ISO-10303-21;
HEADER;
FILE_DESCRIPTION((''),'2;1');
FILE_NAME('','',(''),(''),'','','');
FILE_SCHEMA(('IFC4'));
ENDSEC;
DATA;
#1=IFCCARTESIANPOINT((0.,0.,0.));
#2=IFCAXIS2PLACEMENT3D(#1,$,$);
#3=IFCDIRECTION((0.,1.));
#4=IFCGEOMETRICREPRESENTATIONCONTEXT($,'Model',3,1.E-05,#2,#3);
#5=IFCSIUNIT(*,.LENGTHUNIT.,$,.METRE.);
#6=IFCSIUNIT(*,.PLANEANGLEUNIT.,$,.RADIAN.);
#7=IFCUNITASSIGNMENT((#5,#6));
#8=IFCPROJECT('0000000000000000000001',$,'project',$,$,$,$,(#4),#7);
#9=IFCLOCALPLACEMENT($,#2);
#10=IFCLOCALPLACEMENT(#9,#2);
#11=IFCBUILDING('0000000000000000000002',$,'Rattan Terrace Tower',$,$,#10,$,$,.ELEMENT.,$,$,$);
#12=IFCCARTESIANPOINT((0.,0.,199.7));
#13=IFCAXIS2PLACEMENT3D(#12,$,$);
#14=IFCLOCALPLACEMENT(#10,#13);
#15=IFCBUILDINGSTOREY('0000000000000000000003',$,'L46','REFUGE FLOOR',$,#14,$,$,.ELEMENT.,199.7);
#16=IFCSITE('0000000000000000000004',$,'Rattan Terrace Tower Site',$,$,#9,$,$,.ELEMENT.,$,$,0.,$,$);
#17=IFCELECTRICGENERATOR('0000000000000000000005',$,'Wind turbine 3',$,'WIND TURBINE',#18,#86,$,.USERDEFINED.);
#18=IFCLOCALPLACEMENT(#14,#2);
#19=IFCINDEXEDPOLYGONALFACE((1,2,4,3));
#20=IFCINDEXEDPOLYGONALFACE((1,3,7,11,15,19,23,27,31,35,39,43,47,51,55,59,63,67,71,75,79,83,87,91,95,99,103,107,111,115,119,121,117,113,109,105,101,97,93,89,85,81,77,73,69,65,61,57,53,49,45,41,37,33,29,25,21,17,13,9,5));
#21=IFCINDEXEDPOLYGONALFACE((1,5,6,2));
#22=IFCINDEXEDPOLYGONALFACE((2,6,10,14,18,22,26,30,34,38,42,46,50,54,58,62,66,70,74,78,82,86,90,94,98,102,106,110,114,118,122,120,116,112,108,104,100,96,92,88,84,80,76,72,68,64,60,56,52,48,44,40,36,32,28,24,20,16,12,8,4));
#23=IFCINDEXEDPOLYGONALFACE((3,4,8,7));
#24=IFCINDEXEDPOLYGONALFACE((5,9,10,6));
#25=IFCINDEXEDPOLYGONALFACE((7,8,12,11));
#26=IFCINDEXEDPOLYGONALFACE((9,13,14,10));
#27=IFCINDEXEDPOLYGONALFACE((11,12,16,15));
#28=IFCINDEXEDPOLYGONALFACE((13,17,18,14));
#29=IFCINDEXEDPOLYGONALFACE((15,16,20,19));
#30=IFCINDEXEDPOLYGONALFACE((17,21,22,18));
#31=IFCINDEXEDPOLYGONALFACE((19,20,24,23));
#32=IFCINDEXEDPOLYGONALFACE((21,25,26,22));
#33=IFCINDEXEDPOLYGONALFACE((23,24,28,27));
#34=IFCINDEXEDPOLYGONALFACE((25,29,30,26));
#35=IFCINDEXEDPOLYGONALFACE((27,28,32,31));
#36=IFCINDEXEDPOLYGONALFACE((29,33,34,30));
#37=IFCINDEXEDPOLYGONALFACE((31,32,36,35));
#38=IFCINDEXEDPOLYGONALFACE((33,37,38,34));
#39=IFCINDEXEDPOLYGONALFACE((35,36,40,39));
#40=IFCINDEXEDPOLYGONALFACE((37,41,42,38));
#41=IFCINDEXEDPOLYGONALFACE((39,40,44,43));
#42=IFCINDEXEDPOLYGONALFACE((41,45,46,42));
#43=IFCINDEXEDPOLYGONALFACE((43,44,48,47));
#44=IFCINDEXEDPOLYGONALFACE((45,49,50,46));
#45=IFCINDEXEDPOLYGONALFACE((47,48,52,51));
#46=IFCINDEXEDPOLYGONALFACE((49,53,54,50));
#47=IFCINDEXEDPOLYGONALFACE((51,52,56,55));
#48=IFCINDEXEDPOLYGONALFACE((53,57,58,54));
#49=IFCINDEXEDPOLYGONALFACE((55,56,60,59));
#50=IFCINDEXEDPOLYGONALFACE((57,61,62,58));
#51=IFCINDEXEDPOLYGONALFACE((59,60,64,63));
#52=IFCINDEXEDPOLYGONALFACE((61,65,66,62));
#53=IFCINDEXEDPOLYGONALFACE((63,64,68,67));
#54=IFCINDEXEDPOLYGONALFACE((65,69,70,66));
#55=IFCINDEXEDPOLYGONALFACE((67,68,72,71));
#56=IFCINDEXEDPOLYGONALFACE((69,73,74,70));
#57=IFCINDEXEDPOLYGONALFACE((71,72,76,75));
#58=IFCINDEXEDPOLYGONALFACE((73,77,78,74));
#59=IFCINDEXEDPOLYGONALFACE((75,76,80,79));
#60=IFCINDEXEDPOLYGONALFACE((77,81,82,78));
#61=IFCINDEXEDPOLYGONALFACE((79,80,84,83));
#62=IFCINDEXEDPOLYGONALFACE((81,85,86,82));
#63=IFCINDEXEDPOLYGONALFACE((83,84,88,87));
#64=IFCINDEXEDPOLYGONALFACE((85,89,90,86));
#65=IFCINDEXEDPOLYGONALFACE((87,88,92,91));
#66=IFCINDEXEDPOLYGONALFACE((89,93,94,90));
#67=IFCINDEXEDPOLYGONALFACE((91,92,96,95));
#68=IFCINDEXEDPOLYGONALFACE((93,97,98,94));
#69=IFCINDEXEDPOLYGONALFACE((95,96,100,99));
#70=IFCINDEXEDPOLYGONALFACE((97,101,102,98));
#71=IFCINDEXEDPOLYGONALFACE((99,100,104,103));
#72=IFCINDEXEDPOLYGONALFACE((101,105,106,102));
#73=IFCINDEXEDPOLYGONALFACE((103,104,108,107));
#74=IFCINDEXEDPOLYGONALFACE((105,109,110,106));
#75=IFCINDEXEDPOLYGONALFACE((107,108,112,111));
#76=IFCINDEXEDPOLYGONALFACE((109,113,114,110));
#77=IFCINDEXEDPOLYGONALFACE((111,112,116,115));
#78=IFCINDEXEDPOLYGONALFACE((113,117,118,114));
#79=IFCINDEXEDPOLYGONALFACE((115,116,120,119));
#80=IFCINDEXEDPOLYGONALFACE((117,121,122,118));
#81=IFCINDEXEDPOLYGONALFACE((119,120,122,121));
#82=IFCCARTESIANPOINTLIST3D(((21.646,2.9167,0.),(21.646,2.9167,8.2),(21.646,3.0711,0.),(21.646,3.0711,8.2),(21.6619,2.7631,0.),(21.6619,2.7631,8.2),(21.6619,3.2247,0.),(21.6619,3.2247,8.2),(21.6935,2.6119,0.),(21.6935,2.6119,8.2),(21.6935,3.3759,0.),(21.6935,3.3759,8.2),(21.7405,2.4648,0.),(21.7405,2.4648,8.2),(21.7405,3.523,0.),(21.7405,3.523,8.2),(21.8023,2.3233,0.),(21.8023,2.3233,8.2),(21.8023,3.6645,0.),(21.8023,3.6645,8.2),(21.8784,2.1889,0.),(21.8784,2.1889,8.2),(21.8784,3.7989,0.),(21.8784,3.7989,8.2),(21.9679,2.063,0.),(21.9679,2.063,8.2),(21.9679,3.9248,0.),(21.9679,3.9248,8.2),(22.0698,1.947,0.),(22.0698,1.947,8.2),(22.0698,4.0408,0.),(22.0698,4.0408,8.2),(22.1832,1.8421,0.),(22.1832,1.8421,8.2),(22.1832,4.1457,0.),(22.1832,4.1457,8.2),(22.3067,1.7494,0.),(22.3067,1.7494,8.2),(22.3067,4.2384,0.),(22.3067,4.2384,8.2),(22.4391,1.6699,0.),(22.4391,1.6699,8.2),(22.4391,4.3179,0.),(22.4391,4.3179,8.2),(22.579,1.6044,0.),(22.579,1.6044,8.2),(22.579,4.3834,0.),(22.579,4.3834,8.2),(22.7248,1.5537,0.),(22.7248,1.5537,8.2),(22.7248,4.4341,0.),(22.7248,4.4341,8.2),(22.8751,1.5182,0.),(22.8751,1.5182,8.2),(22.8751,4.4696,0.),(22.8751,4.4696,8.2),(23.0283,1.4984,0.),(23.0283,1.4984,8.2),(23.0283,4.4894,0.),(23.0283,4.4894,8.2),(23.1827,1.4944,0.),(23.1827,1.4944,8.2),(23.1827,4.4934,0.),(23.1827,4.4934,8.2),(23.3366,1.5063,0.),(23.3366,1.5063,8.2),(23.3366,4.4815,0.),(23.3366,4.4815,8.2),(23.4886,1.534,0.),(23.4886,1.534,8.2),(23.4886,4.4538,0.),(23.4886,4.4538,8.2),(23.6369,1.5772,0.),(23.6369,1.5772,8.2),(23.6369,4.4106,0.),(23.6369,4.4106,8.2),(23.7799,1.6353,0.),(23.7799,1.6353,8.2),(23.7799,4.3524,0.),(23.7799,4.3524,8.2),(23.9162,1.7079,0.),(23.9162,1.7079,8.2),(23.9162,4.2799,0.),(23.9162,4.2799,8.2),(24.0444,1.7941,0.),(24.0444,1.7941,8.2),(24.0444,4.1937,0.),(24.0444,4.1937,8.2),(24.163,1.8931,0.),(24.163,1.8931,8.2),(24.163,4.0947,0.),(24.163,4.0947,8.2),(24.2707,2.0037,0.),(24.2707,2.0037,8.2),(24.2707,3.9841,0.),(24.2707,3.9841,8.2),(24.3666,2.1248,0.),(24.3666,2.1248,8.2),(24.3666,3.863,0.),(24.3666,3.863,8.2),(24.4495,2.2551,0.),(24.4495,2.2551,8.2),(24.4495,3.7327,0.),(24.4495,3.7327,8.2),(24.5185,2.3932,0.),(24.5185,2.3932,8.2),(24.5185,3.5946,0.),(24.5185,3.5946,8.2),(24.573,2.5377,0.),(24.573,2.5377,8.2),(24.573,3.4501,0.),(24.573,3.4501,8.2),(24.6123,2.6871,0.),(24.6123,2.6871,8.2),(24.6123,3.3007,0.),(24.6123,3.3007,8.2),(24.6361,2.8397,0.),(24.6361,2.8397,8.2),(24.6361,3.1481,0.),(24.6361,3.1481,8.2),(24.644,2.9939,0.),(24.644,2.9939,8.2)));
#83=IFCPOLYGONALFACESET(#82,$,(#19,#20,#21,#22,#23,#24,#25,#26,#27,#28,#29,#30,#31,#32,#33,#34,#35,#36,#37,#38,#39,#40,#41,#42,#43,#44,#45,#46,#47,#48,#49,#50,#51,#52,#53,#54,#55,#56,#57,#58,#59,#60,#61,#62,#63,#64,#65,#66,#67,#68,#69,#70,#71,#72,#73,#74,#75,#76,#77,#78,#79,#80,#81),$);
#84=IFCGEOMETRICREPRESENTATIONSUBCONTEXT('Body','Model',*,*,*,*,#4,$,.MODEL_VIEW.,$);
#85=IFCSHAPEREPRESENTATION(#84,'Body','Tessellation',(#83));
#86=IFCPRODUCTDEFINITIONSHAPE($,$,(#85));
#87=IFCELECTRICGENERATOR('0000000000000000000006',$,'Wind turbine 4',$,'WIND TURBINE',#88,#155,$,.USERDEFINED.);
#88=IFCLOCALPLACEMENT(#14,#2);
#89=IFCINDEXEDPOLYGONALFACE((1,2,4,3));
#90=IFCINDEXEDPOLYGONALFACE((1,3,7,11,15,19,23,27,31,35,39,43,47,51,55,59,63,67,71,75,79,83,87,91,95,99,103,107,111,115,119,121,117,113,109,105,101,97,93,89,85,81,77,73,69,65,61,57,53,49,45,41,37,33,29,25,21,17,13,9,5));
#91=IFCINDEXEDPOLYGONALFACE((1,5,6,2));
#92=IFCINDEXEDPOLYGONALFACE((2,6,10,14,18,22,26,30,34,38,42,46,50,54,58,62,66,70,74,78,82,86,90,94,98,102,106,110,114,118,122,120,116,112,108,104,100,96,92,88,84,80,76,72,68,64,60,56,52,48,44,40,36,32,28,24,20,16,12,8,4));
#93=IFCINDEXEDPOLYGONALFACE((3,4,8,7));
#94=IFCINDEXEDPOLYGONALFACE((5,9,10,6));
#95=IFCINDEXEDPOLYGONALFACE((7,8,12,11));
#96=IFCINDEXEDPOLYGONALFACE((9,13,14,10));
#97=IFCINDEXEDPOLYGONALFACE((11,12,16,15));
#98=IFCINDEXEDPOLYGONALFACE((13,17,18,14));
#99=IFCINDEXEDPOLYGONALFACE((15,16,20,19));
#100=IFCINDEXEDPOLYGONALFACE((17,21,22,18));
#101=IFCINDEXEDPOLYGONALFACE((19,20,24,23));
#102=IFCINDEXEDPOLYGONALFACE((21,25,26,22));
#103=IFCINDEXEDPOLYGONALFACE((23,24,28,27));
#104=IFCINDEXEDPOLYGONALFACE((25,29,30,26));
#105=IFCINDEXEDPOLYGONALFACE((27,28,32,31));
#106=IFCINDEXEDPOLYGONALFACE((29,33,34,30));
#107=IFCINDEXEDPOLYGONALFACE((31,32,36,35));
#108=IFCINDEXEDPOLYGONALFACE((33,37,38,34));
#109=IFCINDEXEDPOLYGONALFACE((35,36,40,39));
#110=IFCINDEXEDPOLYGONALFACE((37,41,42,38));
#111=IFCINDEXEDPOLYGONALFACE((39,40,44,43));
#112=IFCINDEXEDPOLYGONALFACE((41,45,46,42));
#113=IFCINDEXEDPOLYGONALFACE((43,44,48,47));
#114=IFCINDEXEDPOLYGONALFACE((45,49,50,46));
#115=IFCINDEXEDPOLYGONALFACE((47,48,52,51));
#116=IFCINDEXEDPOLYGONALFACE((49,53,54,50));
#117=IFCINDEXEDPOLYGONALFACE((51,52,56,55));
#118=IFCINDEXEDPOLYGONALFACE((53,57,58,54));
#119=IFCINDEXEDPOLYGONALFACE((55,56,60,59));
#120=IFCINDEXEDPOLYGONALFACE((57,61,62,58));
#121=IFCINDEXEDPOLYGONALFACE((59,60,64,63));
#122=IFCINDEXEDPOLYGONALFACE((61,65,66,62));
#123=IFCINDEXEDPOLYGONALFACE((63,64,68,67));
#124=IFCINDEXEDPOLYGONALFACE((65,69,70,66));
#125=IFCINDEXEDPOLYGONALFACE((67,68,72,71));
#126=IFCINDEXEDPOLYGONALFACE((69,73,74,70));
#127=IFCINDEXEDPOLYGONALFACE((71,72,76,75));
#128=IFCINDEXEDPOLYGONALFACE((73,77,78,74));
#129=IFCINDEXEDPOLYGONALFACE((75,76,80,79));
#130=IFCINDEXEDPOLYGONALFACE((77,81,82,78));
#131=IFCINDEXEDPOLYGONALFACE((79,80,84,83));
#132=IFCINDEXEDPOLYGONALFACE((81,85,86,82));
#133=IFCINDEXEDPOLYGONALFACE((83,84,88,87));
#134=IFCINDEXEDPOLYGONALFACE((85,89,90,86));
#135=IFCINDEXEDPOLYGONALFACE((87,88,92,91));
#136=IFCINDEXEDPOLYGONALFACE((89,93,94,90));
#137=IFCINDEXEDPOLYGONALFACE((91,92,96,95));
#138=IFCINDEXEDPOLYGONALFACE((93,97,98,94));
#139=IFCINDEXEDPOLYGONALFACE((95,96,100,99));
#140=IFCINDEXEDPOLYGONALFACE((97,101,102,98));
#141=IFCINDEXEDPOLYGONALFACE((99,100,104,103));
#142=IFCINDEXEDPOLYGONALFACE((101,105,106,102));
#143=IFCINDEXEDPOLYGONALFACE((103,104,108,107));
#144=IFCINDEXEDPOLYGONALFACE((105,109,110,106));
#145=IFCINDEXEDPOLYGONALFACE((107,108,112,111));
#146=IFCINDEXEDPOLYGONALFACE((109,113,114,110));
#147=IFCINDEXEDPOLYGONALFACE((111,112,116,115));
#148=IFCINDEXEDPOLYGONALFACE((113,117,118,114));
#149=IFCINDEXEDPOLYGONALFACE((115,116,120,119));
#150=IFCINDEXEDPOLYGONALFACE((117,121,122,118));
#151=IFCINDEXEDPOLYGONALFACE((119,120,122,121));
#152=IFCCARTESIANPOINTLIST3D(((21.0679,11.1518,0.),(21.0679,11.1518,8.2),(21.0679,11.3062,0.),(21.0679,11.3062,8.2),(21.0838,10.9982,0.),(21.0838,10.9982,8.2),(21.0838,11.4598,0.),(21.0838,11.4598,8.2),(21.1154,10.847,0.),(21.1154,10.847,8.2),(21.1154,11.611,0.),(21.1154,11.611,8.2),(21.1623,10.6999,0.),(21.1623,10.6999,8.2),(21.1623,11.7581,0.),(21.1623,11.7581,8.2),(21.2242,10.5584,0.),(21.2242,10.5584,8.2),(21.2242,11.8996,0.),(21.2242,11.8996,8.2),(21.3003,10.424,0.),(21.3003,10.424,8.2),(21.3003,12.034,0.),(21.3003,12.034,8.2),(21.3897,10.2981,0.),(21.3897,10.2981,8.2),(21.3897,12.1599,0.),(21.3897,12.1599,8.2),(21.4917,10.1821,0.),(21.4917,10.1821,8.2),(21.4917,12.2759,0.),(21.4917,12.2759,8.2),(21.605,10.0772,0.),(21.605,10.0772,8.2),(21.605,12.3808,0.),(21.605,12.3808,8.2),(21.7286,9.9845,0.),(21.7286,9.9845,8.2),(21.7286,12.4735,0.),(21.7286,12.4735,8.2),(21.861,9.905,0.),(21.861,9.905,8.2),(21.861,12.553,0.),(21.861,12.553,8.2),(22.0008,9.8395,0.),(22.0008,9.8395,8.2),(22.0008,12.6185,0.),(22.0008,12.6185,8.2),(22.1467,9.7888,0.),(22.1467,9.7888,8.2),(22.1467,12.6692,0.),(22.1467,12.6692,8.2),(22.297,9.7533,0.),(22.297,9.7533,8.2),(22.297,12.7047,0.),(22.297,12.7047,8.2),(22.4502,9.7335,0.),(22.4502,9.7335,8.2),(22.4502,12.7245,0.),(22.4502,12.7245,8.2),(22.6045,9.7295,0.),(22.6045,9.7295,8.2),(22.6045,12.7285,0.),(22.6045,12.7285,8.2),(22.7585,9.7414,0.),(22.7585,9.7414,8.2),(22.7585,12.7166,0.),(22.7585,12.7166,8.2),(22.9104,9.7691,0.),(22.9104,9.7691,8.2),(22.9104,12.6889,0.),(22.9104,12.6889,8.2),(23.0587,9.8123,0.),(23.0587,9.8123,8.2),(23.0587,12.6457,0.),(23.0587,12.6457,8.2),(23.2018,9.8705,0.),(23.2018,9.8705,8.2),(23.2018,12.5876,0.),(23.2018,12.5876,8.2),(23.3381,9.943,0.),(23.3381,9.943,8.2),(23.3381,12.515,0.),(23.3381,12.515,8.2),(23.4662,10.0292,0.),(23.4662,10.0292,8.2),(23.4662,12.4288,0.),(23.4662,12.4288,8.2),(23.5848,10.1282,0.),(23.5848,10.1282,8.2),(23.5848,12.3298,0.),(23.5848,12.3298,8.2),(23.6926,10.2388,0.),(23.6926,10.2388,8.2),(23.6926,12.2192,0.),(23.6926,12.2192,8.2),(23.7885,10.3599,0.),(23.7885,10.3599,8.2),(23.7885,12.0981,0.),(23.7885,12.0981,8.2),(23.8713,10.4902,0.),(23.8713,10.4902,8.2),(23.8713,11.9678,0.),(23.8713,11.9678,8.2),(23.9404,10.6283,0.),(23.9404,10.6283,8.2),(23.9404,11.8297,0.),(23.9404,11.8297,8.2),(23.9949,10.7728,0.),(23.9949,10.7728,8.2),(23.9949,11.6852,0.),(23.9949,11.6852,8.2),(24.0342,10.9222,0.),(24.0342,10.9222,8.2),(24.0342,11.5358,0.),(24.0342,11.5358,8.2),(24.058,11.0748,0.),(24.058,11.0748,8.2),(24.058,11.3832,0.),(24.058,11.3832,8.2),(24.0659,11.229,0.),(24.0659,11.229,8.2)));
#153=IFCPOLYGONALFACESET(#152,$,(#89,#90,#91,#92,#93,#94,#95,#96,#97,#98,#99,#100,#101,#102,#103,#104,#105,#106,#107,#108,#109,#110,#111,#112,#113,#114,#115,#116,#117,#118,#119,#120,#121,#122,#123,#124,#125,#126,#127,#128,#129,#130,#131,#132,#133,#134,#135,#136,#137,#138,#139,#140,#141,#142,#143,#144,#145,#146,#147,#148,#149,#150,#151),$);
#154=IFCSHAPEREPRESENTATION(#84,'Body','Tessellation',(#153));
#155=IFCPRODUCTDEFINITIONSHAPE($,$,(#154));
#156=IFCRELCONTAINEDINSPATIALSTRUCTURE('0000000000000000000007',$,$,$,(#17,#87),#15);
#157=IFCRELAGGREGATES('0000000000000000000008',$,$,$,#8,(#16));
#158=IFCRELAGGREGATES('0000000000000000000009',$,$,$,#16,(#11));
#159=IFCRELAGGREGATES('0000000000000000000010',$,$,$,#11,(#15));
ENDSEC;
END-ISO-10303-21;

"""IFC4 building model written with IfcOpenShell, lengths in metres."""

from ifc_helpers import new_model, si_unit, direction, frame, origin, origin_2d, place, context, subcontext, project, spatial, circle, extrude, element, save


model = new_model("IFC4")

# Units and contexts
model_context = context("Model", 3, precision=1e-05, world=origin(), true_north=direction((0.0, 1.0)))
body_context = subcontext(model_context, "Body", "Model", "MODEL_VIEW")
ifc_project = project(units=[si_unit("LENGTHUNIT", "METRE"), si_unit("PLANEANGLEUNIT", "RADIAN")], contexts=[model_context])

# Site, building, storey
site_placement = place(None, origin())
site = spatial("IfcSite", under=ifc_project, at=site_placement, Name="Rattan Terrace Tower Site", CompositionType="ELEMENT", RefElevation=0.0)
building_placement = place(site_placement, origin())
building = spatial("IfcBuilding", under=site, at=building_placement, Name="Rattan Terrace Tower", CompositionType="ELEMENT")
storey_placement = place(building_placement, frame((0.0, 0.0, 199.7)))
storey = spatial("IfcBuildingStorey", under=building, at=storey_placement, Name="L46", Description="REFUGE FLOOR", CompositionType="ELEMENT", Elevation=199.7)

# Electric generators
for number, where, name in (
    (1, (23.144, 2.9939, 0.0), "Wind turbine 3"),
    (2, (22.5659, 11.229, 0.0), "Wind turbine 4"),
):
    element("IfcElectricGenerator", number, at=place(storey_placement, frame(where)), inside=storey, Name=name, ObjectType="WIND TURBINE", PredefinedType="USERDEFINED", context=body_context, shape_type="SweptSolid", body=[
        extrude(circle(Radius=1.5, at=origin_2d()), origin(), (0.0, 0.0, 1.0), 8.2),
    ])

save(model, "model.ifc")
